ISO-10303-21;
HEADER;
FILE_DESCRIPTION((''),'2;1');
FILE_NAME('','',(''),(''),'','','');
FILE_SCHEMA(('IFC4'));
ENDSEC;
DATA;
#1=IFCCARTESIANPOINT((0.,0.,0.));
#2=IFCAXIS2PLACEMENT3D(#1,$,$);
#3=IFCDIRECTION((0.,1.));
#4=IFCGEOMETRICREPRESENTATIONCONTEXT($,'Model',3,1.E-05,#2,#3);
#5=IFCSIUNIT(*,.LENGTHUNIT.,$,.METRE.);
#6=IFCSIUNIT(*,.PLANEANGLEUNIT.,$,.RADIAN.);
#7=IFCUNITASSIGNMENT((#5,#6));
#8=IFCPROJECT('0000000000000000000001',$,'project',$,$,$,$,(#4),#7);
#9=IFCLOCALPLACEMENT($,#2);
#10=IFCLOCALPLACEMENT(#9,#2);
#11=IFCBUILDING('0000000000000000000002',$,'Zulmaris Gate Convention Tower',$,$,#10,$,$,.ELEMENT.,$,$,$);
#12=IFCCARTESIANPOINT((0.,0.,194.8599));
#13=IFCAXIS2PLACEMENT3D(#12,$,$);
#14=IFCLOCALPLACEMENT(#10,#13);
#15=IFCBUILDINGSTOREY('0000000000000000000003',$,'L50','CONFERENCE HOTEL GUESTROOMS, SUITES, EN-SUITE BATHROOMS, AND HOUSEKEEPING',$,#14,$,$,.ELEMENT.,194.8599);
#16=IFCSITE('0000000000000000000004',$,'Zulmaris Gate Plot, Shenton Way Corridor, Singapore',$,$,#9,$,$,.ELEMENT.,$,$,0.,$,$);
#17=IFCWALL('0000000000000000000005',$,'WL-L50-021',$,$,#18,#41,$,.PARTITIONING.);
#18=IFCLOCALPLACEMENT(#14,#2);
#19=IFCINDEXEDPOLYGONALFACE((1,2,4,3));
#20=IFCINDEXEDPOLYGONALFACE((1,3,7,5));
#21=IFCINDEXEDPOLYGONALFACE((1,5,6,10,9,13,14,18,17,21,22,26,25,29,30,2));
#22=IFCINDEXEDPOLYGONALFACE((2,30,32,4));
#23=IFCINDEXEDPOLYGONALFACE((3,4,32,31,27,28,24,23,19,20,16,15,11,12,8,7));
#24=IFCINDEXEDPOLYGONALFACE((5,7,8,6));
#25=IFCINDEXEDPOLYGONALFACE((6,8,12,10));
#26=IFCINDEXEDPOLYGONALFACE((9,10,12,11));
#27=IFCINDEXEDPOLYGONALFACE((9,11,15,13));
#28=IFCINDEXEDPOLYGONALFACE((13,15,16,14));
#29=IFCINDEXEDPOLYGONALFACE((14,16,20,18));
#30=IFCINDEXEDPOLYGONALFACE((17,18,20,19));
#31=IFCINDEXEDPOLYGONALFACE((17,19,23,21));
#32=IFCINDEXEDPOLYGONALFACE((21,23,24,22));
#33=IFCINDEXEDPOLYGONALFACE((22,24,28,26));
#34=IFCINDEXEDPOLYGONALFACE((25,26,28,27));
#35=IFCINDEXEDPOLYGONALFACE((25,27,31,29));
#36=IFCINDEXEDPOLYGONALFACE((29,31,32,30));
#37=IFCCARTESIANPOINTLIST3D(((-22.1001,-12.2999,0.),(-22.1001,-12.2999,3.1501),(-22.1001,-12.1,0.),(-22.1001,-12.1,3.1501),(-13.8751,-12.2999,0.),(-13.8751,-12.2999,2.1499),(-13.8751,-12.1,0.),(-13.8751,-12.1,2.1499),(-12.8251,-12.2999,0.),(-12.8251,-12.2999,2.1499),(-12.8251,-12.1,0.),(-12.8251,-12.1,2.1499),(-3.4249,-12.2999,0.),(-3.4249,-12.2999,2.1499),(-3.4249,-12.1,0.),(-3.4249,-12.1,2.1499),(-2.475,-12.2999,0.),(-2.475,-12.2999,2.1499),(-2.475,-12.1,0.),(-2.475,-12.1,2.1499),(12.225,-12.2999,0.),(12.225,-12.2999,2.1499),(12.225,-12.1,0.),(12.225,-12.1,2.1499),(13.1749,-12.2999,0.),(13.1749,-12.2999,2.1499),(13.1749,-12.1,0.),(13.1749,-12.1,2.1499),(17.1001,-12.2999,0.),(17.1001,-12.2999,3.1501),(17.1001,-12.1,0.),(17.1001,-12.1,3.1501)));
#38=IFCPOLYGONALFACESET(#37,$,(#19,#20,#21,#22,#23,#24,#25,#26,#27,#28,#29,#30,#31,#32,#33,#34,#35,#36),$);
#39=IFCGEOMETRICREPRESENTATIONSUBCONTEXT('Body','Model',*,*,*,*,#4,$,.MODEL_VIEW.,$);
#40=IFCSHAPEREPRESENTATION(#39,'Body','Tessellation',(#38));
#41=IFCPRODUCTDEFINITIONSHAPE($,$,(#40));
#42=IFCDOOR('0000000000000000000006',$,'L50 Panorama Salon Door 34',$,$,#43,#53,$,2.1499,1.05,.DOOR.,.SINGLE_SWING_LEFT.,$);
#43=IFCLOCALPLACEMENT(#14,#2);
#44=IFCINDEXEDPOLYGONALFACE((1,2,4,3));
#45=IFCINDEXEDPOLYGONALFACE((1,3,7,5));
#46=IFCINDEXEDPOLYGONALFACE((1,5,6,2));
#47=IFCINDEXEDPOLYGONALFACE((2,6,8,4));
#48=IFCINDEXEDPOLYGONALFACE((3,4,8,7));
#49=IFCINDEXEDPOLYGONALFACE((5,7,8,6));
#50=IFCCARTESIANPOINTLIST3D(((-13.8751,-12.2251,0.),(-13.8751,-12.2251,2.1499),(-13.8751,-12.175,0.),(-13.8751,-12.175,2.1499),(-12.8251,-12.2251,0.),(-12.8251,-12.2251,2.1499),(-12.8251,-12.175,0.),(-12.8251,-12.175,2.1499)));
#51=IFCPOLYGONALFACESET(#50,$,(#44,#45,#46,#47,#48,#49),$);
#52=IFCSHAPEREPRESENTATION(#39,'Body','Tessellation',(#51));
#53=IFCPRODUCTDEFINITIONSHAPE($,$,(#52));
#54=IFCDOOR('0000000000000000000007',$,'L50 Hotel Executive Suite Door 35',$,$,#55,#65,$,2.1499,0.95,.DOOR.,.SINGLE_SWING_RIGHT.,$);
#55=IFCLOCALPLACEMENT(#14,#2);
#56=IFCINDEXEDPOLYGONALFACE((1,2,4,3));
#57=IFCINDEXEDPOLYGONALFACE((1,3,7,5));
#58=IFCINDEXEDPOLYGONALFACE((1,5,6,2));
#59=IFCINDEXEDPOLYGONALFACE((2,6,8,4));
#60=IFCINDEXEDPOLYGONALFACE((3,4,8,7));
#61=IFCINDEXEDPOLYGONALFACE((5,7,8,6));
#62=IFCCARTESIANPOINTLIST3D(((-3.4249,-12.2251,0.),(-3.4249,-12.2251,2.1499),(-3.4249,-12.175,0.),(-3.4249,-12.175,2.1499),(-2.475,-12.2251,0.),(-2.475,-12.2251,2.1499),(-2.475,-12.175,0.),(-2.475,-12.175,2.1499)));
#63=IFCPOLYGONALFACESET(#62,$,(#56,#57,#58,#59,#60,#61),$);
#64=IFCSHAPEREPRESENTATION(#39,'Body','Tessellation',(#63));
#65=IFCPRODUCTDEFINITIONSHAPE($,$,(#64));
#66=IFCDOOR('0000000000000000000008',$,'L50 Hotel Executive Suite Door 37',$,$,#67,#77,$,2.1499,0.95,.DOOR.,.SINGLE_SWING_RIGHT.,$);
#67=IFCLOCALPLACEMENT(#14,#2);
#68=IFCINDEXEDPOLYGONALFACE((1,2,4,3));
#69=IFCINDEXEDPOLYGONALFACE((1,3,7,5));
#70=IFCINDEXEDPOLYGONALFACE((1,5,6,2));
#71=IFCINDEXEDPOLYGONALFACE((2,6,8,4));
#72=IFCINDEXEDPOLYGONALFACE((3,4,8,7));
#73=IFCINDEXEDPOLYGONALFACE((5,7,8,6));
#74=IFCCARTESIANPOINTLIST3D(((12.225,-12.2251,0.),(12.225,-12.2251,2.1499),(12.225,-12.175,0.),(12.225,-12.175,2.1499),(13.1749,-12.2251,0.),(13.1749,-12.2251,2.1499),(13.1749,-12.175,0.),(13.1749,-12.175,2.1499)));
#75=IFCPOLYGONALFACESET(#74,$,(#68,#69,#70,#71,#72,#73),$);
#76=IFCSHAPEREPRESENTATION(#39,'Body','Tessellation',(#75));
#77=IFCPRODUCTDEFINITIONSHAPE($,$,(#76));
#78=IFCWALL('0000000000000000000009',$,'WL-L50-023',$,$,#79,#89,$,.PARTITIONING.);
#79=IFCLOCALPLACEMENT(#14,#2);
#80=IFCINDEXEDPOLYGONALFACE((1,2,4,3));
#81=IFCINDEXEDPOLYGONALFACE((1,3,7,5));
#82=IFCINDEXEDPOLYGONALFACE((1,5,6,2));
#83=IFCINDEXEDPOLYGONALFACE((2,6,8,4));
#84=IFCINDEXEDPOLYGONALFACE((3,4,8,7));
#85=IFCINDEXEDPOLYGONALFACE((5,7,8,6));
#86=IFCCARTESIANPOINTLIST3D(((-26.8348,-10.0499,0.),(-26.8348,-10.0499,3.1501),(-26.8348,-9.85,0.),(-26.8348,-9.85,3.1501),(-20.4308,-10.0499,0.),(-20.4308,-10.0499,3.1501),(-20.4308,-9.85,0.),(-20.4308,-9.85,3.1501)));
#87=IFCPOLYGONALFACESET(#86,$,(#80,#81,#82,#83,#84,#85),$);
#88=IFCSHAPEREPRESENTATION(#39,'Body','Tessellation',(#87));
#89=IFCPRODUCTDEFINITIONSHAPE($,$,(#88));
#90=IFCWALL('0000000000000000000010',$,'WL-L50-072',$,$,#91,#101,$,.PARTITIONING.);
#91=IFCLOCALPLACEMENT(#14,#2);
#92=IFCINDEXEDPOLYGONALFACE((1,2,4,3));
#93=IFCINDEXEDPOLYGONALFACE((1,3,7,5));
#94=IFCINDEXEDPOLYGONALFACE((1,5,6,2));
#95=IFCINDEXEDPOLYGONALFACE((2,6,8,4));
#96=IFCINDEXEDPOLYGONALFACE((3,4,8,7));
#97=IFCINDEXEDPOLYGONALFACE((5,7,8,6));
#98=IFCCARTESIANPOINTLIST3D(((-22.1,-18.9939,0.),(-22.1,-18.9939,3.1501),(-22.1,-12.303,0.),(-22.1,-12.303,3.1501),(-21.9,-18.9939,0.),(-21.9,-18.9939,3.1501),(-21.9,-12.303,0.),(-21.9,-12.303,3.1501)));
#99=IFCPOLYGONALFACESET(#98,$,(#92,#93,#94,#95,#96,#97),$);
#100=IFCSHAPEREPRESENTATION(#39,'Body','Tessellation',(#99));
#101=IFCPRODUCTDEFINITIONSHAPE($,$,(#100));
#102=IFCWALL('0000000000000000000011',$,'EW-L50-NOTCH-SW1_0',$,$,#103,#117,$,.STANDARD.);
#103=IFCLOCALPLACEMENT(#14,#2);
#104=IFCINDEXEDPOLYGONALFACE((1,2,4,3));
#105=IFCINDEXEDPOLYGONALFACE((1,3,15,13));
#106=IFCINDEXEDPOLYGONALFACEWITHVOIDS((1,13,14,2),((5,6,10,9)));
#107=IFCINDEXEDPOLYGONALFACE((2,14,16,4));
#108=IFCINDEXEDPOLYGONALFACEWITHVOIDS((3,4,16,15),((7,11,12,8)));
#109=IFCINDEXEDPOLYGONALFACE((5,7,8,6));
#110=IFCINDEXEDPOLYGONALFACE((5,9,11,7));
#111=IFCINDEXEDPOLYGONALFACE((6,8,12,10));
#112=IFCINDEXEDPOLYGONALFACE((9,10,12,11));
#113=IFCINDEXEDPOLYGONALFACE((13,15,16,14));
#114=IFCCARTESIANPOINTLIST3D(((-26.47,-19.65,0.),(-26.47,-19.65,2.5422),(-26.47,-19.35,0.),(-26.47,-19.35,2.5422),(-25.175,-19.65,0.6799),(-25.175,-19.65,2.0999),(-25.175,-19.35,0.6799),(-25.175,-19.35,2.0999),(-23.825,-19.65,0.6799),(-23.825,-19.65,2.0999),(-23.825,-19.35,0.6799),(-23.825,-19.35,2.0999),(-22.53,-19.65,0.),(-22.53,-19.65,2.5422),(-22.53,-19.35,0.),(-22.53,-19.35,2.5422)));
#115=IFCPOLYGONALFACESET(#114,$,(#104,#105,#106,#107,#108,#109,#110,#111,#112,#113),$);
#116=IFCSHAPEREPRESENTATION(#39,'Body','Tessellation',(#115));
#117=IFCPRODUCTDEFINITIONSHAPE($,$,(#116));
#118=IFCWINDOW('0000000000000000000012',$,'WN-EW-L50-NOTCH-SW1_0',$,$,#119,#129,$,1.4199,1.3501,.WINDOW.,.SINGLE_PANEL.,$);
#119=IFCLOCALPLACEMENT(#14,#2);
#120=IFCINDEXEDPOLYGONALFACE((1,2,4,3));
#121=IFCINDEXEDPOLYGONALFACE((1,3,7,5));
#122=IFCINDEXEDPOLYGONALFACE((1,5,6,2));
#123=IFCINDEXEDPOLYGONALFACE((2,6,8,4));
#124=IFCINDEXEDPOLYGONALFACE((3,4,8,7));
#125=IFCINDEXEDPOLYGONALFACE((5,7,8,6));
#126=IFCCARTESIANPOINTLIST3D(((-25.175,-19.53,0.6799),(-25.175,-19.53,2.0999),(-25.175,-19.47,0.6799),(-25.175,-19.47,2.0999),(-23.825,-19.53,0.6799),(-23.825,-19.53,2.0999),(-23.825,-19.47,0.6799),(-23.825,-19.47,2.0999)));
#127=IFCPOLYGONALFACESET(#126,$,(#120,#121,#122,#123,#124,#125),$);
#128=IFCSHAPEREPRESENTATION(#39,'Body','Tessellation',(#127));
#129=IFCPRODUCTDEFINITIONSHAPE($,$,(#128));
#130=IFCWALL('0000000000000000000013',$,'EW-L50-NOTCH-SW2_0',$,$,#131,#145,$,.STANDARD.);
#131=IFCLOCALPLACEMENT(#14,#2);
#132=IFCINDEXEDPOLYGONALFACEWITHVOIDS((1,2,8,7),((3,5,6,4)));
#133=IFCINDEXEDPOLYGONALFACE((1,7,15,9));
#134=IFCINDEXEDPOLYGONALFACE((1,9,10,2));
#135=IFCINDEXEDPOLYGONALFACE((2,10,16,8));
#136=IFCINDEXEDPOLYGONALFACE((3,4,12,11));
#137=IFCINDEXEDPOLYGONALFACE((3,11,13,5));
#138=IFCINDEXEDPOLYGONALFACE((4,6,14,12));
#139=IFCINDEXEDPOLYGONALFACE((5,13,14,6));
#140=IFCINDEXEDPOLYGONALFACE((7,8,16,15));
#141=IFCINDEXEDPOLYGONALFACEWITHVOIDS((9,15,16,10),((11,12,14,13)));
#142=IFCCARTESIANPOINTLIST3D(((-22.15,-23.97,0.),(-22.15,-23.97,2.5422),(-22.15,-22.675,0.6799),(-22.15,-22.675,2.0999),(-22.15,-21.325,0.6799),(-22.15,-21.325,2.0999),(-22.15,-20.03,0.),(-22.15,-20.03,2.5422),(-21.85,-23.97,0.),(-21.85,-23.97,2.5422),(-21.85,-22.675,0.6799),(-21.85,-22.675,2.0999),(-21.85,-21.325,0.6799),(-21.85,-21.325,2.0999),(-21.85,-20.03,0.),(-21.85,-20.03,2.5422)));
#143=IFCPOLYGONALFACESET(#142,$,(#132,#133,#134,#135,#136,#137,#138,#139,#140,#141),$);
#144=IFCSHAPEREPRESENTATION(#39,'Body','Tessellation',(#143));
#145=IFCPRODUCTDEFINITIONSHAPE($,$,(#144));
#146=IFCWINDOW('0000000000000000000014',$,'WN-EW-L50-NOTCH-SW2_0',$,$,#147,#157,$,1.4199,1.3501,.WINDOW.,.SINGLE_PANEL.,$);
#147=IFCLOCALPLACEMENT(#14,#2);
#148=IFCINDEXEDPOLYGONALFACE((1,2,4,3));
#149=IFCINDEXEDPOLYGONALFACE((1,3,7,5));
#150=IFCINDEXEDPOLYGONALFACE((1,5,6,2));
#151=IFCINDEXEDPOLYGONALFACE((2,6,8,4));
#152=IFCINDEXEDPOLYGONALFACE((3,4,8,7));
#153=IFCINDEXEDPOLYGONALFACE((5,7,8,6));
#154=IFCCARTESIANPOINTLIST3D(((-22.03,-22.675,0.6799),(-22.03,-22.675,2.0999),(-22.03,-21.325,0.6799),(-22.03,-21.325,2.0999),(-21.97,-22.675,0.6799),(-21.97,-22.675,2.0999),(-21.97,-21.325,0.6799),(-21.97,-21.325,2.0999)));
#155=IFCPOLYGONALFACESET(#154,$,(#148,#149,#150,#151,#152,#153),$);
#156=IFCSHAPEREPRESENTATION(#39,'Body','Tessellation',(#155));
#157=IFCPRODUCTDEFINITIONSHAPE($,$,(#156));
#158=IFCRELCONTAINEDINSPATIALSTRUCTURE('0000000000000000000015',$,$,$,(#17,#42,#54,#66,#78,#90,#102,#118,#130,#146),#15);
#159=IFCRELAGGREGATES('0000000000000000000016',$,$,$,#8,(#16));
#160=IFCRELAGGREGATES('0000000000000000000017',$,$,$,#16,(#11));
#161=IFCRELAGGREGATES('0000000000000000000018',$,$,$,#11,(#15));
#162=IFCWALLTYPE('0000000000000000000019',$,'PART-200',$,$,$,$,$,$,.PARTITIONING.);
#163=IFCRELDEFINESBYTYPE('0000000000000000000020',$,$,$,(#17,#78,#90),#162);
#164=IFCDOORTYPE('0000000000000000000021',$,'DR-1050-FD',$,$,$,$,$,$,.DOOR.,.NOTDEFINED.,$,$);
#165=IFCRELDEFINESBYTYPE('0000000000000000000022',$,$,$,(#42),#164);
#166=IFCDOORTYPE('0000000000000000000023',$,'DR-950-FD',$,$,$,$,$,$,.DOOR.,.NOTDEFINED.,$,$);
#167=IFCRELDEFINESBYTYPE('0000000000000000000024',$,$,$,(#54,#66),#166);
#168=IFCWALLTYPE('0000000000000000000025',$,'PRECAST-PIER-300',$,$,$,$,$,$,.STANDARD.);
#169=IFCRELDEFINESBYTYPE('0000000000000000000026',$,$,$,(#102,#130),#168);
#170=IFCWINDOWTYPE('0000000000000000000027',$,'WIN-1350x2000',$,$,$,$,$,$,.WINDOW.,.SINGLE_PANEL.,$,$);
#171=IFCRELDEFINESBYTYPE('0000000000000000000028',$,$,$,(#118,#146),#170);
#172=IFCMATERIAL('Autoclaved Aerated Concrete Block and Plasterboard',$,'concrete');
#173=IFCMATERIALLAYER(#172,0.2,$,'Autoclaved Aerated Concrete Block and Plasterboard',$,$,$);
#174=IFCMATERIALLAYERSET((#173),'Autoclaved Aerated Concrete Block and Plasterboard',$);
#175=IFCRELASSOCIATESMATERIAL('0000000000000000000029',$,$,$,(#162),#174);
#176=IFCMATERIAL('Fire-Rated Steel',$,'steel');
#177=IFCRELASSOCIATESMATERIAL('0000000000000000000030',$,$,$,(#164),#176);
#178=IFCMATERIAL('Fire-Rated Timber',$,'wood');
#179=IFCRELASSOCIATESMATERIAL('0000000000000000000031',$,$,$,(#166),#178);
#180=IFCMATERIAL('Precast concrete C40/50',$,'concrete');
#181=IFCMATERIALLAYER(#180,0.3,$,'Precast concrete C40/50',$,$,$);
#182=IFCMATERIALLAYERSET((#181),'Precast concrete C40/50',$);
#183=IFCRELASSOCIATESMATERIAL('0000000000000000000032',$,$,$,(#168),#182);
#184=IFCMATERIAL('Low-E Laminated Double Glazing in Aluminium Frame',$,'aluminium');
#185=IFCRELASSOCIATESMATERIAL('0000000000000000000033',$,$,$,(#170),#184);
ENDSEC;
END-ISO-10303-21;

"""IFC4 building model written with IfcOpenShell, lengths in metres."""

from ifc_helpers import new_model, si_unit, direction, frame, frame_2d, origin, place, context, subcontext, project, spatial, rectangle, extrude, material, layer, layer_set, type_object, element, fill, save


model = new_model("IFC4")

# Units and contexts
model_context = context("Model", 3, precision=1e-05, world=origin(), true_north=direction((0.0, 1.0)))
body_context = subcontext(model_context, "Body", "Model", "MODEL_VIEW")
ifc_project = project(units=[si_unit("LENGTHUNIT", "METRE"), si_unit("PLANEANGLEUNIT", "RADIAN")], contexts=[model_context])

# Site, building, storey
site_placement = place(None, origin())
site = spatial("IfcSite", under=ifc_project, at=site_placement, Name="Zulmaris Gate Plot, Shenton Way Corridor, Singapore", CompositionType="ELEMENT", RefElevation=0.0)
building_placement = place(site_placement, origin())
building = spatial("IfcBuilding", under=site, at=building_placement, Name="Zulmaris Gate Convention Tower", CompositionType="ELEMENT")
storey_placement = place(building_placement, frame((0.0, 0.0, 194.8599)))
storey = spatial("IfcBuildingStorey", under=building, at=storey_placement, Name="L50", Description="CONFERENCE HOTEL GUESTROOMS, SUITES, EN-SUITE BATHROOMS, AND HOUSEKEEPING", CompositionType="ELEMENT", Elevation=194.8599)

# Wall, openings, doors
ifc_material_1 = material(Name="Autoclaved Aerated Concrete Block and Plasterboard", Category="concrete")
ifc_layer_1 = layer(ifc_material_1, 0.2, Name="Autoclaved Aerated Concrete Block and Plasterboard")
ifc_layer_set_1 = layer_set([ifc_layer_1], Name="Autoclaved Aerated Concrete Block and Plasterboard")
wall_type_1 = type_object("IfcWallType", Name="PART-200", PredefinedType="PARTITIONING", material=ifc_layer_set_1)
wall_1_placement = place(storey_placement, frame((-22.1001, -12.2, 0.0), z_axis=(0.0, 0.0, 1.0), x_axis=(1.0, 0.0, 0.0)))
wall_1 = element("IfcWall", 1, at=wall_1_placement, inside=storey, type_object=wall_type_1, Name="WL-L50-021", PredefinedType="PARTITIONING", context=body_context, shape_type="SweptSolid", body=[
    extrude(rectangle(XDim=39.2002, YDim=0.2, at=frame_2d((19.6001, 0.0))), origin(), (0.0, 0.0, 1.0), 3.1501),
])
opening_1_placement = place(wall_1_placement, frame((8.2251, 0.0, 0.0)))
opening_1 = element("IfcOpeningElement", 2, at=opening_1_placement, cuts=wall_1, PredefinedType="OPENING", context=body_context, shape_type="SweptSolid", body=[
    extrude(rectangle(XDim=1.05, YDim=2.1499, at=frame_2d((0.5249, 1.075))), frame((0.0, 0.1099, 0.0), z_axis=(0.0, -1.0, 0.0), x_axis=(1.0, 0.0, 0.0)), (0.0, 0.0, 1.0), 0.22),
])
opening_2_placement = place(wall_1_placement, frame((18.675, 0.0, 0.0)))
opening_2 = element("IfcOpeningElement", 3, at=opening_2_placement, cuts=wall_1, PredefinedType="OPENING", context=body_context, shape_type="SweptSolid", body=[
    extrude(rectangle(XDim=0.95, YDim=2.1499, at=frame_2d((0.4751, 1.075))), frame((0.0, 0.1099, 0.0), z_axis=(0.0, -1.0, 0.0), x_axis=(1.0, 0.0, 0.0)), (0.0, 0.0, 1.0), 0.22),
])
opening_3_placement = place(wall_1_placement, frame((34.325, 0.0, 0.0)))
opening_3 = element("IfcOpeningElement", 4, at=opening_3_placement, cuts=wall_1, PredefinedType="OPENING", context=body_context, shape_type="SweptSolid", body=[
    extrude(rectangle(XDim=0.95, YDim=2.1499, at=frame_2d((0.4751, 1.075))), frame((0.0, 0.1099, 0.0), z_axis=(0.0, -1.0, 0.0), x_axis=(1.0, 0.0, 0.0)), (0.0, 0.0, 1.0), 0.22),
])
ifc_material_2 = material(Name="Fire-Rated Steel", Category="steel")
door_type_1 = type_object("IfcDoorType", Name="DR-1050-FD", OperationType="NOTDEFINED", PredefinedType="DOOR", material=ifc_material_2)
door_1_placement = place(opening_1_placement, origin())
door_1 = element("IfcDoor", 5, at=door_1_placement, inside=storey, type_object=door_type_1, Name="L50 Panorama Salon Door 34", OperationType="SINGLE_SWING_LEFT", OverallHeight=2.1499, OverallWidth=1.05, PredefinedType="DOOR", context=body_context, shape_type="SweptSolid", body=[
    extrude(rectangle(XDim=1.05, YDim=2.1499, at=frame_2d((0.5249, 1.075))), frame((0.0, 0.0249, 0.0), z_axis=(0.0, -1.0, 0.0), x_axis=(1.0, 0.0, 0.0)), (0.0, 0.0, 1.0), 0.05),
])
fill(opening_1, door_1)
ifc_material_3 = material(Name="Fire-Rated Timber", Category="wood")
door_type_2 = type_object("IfcDoorType", Name="DR-950-FD", OperationType="NOTDEFINED", PredefinedType="DOOR", material=ifc_material_3)
door_2_placement = place(opening_2_placement, origin())
door_2 = element("IfcDoor", 6, at=door_2_placement, inside=storey, type_object=door_type_2, Name="L50 Hotel Executive Suite Door 35", OperationType="SINGLE_SWING_RIGHT", OverallHeight=2.1499, OverallWidth=0.95, PredefinedType="DOOR", context=body_context, shape_type="SweptSolid", body=[
    extrude(rectangle(XDim=0.95, YDim=2.1499, at=frame_2d((0.4751, 1.075))), frame((0.0, 0.0249, 0.0), z_axis=(0.0, -1.0, 0.0), x_axis=(1.0, 0.0, 0.0)), (0.0, 0.0, 1.0), 0.05),
])
fill(opening_2, door_2)
door_3_placement = place(opening_3_placement, origin())
door_3 = element("IfcDoor", 7, at=door_3_placement, inside=storey, type_object=door_type_2, Name="L50 Hotel Executive Suite Door 37", OperationType="SINGLE_SWING_RIGHT", OverallHeight=2.1499, OverallWidth=0.95, PredefinedType="DOOR", context=body_context, shape_type="SweptSolid", body=[
    extrude(rectangle(XDim=0.95, YDim=2.1499, at=frame_2d((0.4751, 1.075))), frame((0.0, 0.0249, 0.0), z_axis=(0.0, -1.0, 0.0), x_axis=(1.0, 0.0, 0.0)), (0.0, 0.0, 1.0), 0.05),
])
fill(opening_3, door_3)

# Walls
wall_2_placement = place(storey_placement, frame((-26.835, -9.95, 0.0), z_axis=(0.0, 0.0, 1.0), x_axis=(1.0, 0.0, 0.0)))
element("IfcWall", 8, at=wall_2_placement, inside=storey, type_object=wall_type_1, Name="WL-L50-023", PredefinedType="PARTITIONING", context=body_context, shape_type="SweptSolid", body=[
    extrude(rectangle(XDim=6.4041, YDim=0.2, at=frame_2d((3.2021, 0.0))), origin(), (0.0, 0.0, 1.0), 3.1501),
])
wall_3_placement = place(storey_placement, frame((-22.0, -18.9939, 0.0), z_axis=(0.0, 0.0, 1.0), x_axis=(0.0, 1.0, 0.0)))
element("IfcWall", 9, at=wall_3_placement, inside=storey, type_object=wall_type_1, Name="WL-L50-072", PredefinedType="PARTITIONING", context=body_context, shape_type="SweptSolid", body=[
    extrude(rectangle(XDim=6.6909, YDim=0.2, at=frame_2d((3.3455, 0.0))), origin(), (0.0, 0.0, 1.0), 3.1501),
])

# Walls, openings, windows
ifc_material_4 = material(Name="Precast concrete C40/50", Category="concrete")
ifc_layer_2 = layer(ifc_material_4, 0.3, Name="Precast concrete C40/50")
ifc_layer_set_2 = layer_set([ifc_layer_2], Name="Precast concrete C40/50")
wall_type_2 = type_object("IfcWallType", Name="PRECAST-PIER-300", PredefinedType="STANDARD", material=ifc_layer_set_2)
wall_4_placement = place(storey_placement, frame((-26.47, -19.5, 0.0), z_axis=(0.0, 0.0, 1.0), x_axis=(1.0, 0.0, 0.0)))
wall_4 = element("IfcWall", 10, at=wall_4_placement, inside=storey, type_object=wall_type_2, Name="EW-L50-NOTCH-SW1_0", PredefinedType="STANDARD", context=body_context, shape_type="SweptSolid", body=[
    extrude(rectangle(XDim=3.9399, YDim=0.3, at=frame_2d((1.97, 0.0))), origin(), (0.0, 0.0, 1.0), 2.5422),
])
opening_4_placement = place(wall_4_placement, frame((1.2949, 0.0, 0.6799)))
opening_4 = element("IfcOpeningElement", 11, at=opening_4_placement, cuts=wall_4, PredefinedType="OPENING", context=body_context, shape_type="SweptSolid", body=[
    extrude(rectangle(XDim=1.3501, YDim=1.4199, at=frame_2d((0.675, 0.71))), frame((0.0, 0.1602, 0.0), z_axis=(0.0, -1.0, 0.0), x_axis=(1.0, 0.0, 0.0)), (0.0, 0.0, 1.0), 0.3201),
])
ifc_material_5 = material(Name="Low-E Laminated Double Glazing in Aluminium Frame", Category="aluminium")
window_type_1 = type_object("IfcWindowType", Name="WIN-1350x2000", PartitioningType="SINGLE_PANEL", PredefinedType="WINDOW", material=ifc_material_5)
window_1_placement = place(opening_4_placement, origin())
window_1 = element("IfcWindow", 12, at=window_1_placement, inside=storey, type_object=window_type_1, Name="WN-EW-L50-NOTCH-SW1_0", OverallHeight=1.4199, OverallWidth=1.3501, PartitioningType="SINGLE_PANEL", PredefinedType="WINDOW", context=body_context, shape_type="SweptSolid", body=[
    extrude(rectangle(XDim=1.3501, YDim=1.4199, at=frame_2d((0.675, 0.71))), frame((0.0, 0.03, 0.0), z_axis=(0.0, -1.0, 0.0), x_axis=(1.0, 0.0, 0.0)), (0.0, 0.0, 1.0), 0.0601),
])
fill(opening_4, window_1)
wall_5_placement = place(storey_placement, frame((-22.0, -20.03, 0.0), z_axis=(0.0, 0.0, 1.0), x_axis=(0.0, -1.0, 0.0)))
wall_5 = element("IfcWall", 13, at=wall_5_placement, inside=storey, type_object=wall_type_2, Name="EW-L50-NOTCH-SW2_0", PredefinedType="STANDARD", context=body_context, shape_type="SweptSolid", body=[
    extrude(rectangle(XDim=3.9399, YDim=0.3, at=frame_2d((1.97, 0.0))), origin(), (0.0, 0.0, 1.0), 2.5422),
])
opening_5_placement = place(wall_5_placement, frame((1.2949, 0.0, 0.6799)))
opening_5 = element("IfcOpeningElement", 14, at=opening_5_placement, cuts=wall_5, PredefinedType="OPENING", context=body_context, shape_type="SweptSolid", body=[
    extrude(rectangle(XDim=1.3501, YDim=1.4199, at=frame_2d((0.675, 0.71))), frame((0.0, 0.1602, 0.0), z_axis=(0.0, -1.0, 0.0), x_axis=(1.0, 0.0, 0.0)), (0.0, 0.0, 1.0), 0.3201),
])
window_2_placement = place(opening_5_placement, origin())
window_2 = element("IfcWindow", 15, at=window_2_placement, inside=storey, type_object=window_type_1, Name="WN-EW-L50-NOTCH-SW2_0", OverallHeight=1.4199, OverallWidth=1.3501, PartitioningType="SINGLE_PANEL", PredefinedType="WINDOW", context=body_context, shape_type="SweptSolid", body=[
    extrude(rectangle(XDim=1.3501, YDim=1.4199, at=frame_2d((0.675, 0.71))), frame((0.0, 0.03, 0.0), z_axis=(0.0, -1.0, 0.0), x_axis=(1.0, 0.0, 0.0)), (0.0, 0.0, 1.0), 0.0601),
])
fill(opening_5, window_2)

save(model, "model.ifc")
